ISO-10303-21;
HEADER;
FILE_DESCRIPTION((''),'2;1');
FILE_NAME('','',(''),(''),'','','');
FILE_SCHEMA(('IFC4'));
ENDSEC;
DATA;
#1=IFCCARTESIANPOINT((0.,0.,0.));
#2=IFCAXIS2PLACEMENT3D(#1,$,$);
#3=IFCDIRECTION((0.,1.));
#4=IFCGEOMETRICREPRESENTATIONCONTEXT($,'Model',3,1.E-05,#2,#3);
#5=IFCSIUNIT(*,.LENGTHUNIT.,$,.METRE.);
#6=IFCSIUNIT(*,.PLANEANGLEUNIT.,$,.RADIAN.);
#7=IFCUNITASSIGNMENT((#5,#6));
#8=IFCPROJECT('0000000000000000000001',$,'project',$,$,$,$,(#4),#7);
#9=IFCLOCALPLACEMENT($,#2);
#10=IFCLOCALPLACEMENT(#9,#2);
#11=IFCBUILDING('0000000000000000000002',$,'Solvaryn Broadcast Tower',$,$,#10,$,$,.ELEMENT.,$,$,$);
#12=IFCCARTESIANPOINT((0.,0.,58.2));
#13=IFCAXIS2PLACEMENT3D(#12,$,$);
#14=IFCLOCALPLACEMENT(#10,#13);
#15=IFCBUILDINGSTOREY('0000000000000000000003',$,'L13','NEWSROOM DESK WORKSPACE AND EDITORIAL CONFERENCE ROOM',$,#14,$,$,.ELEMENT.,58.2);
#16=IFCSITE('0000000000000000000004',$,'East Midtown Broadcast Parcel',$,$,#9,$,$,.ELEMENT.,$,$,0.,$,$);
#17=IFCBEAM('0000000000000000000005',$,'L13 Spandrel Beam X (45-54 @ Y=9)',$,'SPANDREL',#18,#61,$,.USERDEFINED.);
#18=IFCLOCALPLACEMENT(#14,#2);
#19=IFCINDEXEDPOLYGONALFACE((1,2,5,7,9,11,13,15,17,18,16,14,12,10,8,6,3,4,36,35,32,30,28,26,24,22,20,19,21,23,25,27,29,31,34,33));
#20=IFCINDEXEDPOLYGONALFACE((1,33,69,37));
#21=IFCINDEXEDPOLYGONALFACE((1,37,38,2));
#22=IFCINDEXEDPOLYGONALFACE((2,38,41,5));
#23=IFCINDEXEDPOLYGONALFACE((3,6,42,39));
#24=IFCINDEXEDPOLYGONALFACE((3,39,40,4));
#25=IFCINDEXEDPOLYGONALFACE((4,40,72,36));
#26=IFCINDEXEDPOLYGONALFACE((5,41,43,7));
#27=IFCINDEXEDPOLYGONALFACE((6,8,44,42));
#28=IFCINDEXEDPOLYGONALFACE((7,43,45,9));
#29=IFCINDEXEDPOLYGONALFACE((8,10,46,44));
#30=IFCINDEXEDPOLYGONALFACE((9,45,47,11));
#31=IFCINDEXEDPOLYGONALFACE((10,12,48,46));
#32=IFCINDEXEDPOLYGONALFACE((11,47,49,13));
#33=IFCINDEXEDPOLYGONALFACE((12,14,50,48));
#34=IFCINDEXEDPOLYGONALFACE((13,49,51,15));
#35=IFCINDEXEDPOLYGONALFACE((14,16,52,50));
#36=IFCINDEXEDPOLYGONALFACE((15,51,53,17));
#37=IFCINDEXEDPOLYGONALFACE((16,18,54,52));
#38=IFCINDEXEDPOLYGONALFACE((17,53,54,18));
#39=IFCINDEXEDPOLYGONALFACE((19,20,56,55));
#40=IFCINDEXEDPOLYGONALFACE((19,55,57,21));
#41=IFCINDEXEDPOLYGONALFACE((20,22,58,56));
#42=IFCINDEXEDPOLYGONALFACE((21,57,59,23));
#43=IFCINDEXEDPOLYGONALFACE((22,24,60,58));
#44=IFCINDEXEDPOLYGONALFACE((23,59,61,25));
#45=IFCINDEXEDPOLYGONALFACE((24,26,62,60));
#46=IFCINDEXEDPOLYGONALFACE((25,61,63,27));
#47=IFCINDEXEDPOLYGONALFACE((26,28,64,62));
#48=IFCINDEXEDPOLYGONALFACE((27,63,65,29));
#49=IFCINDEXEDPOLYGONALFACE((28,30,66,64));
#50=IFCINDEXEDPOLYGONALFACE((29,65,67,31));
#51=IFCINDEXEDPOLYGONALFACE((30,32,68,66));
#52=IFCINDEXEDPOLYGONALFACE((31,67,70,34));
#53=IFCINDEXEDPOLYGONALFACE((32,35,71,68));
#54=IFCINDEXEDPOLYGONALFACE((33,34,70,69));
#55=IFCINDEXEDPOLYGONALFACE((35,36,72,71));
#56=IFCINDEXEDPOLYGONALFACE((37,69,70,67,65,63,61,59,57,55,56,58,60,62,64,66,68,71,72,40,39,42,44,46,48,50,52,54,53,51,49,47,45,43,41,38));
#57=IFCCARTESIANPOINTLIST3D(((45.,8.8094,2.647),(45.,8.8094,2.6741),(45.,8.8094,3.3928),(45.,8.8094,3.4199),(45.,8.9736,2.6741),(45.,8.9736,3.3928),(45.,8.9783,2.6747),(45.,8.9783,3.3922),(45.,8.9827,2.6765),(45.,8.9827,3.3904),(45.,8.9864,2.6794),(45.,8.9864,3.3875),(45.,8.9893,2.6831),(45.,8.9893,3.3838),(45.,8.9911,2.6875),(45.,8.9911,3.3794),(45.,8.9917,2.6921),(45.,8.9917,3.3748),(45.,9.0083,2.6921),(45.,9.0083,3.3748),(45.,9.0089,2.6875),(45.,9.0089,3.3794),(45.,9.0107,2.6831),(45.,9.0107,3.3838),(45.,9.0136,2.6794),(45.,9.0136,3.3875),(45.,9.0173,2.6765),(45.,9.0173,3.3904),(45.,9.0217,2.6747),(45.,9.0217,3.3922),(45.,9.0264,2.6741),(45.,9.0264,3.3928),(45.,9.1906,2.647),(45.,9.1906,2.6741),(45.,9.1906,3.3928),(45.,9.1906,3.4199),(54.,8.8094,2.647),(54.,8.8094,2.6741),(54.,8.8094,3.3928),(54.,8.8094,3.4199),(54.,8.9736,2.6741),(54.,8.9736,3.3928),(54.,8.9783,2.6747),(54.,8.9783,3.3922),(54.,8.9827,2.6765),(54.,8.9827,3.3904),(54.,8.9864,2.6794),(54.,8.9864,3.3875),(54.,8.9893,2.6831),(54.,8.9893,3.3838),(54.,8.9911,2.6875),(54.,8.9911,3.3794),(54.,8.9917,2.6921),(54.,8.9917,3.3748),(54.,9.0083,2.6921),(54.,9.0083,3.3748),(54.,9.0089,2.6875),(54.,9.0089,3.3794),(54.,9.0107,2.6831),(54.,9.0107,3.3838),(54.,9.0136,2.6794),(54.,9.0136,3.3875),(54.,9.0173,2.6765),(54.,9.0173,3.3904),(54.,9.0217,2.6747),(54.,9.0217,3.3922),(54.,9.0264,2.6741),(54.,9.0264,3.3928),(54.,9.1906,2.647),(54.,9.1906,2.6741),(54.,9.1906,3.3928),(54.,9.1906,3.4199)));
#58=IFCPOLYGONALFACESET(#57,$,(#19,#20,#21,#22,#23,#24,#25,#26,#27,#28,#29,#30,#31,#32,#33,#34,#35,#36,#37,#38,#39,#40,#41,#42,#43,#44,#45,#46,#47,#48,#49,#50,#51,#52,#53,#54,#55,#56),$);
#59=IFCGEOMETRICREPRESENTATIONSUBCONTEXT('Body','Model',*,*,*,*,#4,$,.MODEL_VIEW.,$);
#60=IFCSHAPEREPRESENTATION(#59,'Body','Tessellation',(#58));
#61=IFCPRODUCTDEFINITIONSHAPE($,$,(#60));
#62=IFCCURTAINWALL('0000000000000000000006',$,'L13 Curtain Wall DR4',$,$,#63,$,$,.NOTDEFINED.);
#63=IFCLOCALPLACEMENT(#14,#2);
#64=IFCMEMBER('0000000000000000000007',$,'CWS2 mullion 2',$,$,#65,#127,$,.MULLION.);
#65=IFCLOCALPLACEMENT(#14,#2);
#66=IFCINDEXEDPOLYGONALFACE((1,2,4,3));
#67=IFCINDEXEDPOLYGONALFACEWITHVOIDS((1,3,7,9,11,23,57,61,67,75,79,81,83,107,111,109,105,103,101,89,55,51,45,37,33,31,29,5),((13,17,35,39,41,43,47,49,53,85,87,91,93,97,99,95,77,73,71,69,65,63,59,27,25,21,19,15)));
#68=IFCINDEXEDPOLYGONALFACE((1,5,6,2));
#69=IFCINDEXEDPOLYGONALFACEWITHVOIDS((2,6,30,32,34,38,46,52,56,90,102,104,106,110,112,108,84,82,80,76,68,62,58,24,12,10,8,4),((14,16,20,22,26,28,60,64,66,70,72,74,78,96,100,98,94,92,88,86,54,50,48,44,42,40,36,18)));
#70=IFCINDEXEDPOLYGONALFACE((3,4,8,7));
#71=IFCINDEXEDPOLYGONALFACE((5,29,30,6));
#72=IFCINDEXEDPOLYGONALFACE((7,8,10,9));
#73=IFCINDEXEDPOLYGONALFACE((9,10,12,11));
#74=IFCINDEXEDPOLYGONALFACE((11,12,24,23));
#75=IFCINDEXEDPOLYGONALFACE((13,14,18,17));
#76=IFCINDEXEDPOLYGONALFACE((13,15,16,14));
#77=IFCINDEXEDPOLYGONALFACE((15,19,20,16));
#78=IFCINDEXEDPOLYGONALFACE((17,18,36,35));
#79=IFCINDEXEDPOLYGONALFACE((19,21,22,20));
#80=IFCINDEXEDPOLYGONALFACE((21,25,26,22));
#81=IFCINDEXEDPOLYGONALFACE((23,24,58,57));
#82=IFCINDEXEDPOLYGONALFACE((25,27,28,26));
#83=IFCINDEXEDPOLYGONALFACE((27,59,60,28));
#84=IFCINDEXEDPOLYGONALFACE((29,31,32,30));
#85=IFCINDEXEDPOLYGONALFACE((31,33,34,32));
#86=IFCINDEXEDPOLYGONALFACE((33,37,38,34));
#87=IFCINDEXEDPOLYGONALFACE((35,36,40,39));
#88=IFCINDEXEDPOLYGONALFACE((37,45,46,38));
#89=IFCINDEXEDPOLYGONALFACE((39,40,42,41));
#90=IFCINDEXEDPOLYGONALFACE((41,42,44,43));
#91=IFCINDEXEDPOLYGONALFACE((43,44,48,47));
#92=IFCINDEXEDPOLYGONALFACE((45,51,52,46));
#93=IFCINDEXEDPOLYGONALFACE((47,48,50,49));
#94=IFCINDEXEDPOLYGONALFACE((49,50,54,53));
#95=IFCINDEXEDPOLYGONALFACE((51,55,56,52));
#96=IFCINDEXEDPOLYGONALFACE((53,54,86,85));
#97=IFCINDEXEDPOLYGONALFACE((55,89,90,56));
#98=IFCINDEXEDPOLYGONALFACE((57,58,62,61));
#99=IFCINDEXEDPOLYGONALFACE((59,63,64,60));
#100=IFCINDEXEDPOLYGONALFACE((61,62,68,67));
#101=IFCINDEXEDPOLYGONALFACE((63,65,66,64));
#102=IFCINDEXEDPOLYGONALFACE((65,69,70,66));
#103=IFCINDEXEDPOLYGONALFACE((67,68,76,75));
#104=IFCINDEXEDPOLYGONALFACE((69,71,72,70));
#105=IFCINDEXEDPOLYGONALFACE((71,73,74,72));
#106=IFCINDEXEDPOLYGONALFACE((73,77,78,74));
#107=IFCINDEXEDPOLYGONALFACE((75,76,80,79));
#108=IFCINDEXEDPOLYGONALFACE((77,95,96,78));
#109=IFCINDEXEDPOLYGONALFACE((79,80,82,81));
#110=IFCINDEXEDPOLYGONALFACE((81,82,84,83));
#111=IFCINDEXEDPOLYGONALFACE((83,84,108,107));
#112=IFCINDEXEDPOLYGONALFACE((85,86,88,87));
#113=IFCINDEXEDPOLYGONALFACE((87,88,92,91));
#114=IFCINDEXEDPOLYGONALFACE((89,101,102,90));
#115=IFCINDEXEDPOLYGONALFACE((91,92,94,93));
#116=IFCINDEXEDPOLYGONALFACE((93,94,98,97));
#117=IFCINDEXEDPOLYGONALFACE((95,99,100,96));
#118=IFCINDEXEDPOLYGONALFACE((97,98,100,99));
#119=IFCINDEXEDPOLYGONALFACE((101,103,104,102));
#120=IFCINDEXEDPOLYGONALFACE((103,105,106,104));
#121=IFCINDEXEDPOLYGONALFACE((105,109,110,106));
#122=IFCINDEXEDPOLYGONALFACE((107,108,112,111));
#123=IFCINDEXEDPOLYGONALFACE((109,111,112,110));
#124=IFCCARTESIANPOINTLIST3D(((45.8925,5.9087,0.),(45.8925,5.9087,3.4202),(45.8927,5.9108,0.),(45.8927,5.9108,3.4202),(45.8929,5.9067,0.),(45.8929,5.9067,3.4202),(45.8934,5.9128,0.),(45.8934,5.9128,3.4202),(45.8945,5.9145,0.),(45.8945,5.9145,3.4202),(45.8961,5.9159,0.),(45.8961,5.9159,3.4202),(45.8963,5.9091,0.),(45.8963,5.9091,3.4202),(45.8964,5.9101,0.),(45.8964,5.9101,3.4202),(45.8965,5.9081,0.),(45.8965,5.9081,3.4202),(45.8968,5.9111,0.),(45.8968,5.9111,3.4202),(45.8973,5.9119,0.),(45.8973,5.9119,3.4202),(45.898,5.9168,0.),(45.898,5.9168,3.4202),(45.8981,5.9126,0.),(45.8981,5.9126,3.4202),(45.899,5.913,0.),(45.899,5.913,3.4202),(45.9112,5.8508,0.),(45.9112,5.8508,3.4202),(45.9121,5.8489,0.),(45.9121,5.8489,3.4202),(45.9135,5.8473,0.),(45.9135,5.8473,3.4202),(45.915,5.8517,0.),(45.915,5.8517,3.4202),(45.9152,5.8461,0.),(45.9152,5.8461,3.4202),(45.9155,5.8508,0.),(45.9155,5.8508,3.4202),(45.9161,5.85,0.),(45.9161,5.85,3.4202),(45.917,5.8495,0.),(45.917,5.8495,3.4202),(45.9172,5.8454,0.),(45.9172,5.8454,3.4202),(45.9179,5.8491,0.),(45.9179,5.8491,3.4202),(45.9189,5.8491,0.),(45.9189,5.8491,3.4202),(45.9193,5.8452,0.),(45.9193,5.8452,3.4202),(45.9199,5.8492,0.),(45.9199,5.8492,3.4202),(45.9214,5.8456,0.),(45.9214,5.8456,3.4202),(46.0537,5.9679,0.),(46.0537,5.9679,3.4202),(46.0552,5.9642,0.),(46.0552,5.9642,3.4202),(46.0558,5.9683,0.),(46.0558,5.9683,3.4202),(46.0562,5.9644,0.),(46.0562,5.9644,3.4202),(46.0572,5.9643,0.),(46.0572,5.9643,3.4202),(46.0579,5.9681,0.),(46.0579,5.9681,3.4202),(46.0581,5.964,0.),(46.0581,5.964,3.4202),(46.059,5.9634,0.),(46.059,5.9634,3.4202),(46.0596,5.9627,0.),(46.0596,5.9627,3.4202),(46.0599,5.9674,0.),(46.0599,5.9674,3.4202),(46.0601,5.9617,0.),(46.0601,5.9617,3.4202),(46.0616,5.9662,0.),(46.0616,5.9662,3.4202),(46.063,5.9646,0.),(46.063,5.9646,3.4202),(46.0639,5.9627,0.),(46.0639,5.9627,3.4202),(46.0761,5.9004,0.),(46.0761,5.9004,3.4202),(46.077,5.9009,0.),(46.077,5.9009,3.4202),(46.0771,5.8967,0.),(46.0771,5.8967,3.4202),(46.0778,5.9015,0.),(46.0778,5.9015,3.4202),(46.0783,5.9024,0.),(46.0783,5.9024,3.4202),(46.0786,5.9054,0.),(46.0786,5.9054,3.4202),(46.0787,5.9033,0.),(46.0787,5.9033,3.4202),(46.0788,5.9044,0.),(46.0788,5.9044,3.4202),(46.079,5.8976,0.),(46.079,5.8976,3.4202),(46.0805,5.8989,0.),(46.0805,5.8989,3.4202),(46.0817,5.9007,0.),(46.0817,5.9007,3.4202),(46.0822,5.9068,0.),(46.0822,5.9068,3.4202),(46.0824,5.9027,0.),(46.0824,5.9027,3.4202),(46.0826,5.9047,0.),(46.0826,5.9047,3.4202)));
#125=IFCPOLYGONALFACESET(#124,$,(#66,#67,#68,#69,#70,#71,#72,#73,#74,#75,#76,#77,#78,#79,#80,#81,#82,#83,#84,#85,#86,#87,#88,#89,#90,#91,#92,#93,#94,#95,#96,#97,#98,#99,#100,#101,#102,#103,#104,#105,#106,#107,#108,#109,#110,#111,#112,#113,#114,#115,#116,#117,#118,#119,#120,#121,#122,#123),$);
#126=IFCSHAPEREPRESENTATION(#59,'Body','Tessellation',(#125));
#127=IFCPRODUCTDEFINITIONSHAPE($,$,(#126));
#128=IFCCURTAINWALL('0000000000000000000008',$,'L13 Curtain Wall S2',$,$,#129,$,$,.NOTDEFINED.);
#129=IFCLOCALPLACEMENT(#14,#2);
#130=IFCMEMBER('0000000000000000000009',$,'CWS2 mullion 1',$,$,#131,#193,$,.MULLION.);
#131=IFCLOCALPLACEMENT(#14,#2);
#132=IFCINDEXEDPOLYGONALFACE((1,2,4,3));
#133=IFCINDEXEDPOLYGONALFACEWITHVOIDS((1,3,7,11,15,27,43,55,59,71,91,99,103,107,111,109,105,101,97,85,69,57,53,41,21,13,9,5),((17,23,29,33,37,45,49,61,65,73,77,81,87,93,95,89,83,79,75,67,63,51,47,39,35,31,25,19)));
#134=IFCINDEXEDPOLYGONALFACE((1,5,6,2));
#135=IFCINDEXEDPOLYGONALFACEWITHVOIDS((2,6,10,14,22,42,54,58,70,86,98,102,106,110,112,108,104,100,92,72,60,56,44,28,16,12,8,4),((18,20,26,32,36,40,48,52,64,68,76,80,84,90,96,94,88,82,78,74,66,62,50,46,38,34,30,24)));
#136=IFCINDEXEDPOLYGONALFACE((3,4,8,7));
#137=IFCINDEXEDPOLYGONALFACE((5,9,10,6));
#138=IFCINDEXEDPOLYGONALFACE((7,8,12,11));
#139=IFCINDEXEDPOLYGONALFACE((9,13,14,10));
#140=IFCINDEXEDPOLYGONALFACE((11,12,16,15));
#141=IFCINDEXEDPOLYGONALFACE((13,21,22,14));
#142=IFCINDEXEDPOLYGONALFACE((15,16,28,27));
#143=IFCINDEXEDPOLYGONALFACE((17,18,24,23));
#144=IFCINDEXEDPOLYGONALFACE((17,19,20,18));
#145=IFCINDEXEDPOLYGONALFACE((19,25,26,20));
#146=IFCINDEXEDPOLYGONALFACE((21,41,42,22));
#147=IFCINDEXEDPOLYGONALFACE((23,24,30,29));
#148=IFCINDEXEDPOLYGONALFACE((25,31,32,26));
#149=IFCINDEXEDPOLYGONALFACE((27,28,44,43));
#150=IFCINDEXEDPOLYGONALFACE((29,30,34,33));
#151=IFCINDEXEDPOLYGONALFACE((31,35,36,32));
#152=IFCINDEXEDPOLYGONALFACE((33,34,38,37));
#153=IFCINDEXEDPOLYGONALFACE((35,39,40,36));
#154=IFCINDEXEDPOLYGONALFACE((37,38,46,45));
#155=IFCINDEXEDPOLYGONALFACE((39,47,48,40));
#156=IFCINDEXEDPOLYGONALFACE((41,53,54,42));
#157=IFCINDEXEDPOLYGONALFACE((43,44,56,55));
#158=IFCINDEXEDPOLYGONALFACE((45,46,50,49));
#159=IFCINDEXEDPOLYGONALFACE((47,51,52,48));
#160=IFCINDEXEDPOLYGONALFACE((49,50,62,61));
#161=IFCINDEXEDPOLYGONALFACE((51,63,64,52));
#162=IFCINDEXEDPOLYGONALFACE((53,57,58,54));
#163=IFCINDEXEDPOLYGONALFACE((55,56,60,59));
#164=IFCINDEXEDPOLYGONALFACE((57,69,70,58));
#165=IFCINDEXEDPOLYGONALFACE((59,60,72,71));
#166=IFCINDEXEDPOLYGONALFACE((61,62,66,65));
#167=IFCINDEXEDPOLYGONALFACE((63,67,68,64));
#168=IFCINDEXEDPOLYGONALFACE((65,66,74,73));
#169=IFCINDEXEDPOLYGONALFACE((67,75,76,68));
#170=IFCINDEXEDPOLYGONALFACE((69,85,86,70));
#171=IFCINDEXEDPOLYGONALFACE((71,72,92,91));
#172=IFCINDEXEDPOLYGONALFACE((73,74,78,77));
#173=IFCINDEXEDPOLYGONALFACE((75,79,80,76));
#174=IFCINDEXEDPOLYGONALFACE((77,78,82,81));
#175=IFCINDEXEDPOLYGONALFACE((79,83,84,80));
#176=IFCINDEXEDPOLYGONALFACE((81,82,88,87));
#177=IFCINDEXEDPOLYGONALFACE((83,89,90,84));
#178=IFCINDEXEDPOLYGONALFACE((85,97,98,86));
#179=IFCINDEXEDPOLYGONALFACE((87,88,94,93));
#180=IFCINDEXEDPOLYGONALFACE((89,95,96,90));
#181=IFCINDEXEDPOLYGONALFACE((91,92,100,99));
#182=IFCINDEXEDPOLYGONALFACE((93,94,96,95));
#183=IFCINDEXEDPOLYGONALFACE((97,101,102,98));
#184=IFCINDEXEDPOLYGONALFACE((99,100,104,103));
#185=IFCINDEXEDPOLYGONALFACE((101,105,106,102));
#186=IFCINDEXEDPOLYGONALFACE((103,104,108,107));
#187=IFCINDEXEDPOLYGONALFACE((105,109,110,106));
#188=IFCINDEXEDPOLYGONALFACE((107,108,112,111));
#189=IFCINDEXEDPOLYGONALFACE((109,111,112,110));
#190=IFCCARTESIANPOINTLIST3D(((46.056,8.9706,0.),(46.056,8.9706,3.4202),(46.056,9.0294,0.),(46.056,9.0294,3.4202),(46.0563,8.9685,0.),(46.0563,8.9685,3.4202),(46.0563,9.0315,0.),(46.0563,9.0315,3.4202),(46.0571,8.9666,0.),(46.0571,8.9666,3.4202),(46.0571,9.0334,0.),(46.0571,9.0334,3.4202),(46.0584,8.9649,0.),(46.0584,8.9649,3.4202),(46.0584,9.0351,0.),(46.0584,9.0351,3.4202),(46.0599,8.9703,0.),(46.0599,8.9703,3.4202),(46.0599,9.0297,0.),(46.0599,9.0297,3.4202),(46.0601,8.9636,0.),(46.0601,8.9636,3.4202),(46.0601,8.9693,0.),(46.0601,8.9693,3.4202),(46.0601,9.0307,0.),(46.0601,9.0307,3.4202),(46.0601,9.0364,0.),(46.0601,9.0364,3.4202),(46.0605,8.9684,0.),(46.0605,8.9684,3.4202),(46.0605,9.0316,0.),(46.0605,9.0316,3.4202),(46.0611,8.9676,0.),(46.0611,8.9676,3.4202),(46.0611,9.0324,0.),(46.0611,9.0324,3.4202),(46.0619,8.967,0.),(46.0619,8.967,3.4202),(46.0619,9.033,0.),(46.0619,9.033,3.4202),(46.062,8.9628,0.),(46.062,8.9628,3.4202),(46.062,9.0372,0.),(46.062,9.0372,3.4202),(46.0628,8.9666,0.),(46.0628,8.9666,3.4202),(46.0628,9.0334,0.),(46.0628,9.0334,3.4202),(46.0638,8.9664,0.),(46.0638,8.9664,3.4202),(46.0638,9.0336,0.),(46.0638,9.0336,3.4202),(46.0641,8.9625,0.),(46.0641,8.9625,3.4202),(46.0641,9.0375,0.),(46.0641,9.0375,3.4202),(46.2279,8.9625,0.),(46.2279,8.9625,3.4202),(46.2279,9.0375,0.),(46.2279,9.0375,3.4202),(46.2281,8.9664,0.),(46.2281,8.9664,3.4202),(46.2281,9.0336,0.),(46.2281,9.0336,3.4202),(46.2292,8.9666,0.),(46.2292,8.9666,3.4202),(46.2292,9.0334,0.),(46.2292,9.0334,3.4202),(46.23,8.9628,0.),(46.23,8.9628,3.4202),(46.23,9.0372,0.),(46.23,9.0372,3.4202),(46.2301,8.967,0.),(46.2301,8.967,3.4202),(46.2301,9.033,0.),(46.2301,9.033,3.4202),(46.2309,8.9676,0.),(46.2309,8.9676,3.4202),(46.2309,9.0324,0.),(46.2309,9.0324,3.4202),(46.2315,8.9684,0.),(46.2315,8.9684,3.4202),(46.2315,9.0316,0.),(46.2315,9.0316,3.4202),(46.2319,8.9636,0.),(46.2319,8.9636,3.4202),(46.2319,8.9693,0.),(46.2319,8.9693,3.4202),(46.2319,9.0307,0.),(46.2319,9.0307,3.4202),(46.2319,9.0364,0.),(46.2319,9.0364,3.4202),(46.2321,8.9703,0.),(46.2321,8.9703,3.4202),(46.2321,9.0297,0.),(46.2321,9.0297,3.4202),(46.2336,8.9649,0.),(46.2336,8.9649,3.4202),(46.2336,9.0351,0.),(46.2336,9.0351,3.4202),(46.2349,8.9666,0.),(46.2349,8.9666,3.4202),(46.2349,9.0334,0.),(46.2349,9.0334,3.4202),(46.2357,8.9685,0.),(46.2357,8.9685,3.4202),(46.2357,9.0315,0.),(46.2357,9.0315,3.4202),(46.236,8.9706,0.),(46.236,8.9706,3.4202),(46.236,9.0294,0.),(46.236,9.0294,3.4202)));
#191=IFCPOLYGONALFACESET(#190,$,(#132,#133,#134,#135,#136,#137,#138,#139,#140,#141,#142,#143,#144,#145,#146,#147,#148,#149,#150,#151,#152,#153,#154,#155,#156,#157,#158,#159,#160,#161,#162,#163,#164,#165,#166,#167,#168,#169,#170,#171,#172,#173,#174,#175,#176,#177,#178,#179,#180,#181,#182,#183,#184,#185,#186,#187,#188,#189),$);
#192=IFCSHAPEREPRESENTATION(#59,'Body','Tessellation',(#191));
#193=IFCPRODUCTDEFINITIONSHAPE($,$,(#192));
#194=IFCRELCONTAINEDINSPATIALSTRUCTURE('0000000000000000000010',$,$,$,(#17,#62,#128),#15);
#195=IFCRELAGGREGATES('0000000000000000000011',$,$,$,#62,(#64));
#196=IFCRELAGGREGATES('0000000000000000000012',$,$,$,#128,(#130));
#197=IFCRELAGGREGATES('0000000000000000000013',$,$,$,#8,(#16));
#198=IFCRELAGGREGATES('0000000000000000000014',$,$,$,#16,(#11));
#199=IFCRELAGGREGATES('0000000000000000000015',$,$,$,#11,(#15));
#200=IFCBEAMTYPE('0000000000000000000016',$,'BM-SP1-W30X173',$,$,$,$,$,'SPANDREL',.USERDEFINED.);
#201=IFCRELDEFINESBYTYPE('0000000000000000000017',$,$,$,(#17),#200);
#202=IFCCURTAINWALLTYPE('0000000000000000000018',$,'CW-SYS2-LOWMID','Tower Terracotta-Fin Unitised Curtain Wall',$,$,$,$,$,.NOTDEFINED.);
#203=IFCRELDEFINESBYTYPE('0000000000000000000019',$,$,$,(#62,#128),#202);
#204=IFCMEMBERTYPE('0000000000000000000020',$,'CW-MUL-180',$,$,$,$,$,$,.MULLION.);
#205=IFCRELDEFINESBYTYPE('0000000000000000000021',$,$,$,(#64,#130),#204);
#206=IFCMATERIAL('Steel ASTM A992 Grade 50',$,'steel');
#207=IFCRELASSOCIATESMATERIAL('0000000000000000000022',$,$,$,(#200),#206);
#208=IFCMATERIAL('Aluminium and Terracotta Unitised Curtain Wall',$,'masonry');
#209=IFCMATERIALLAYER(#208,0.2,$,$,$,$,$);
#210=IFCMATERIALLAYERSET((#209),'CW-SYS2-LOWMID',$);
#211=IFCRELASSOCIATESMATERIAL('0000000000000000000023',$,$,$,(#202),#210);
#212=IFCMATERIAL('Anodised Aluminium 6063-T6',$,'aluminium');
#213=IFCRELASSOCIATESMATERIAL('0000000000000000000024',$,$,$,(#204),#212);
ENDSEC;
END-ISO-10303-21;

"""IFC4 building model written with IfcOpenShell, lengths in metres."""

from ifc_helpers import new_model, si_unit, direction, frame, origin, origin_2d, place, context, subcontext, project, spatial, hollow_rectangle, i_section, extrude, material, layer, layer_set, material_profile, profile_set, type_object, element, aggregate, save


model = new_model("IFC4")

# Units and contexts
model_context = context("Model", 3, precision=1e-05, world=origin(), true_north=direction((0.0, 1.0)))
body_context = subcontext(model_context, "Body", "Model", "MODEL_VIEW")
ifc_project = project(units=[si_unit("LENGTHUNIT", "METRE"), si_unit("PLANEANGLEUNIT", "RADIAN")], contexts=[model_context])

# Site, building, storey
site_placement = place(None, origin())
site = spatial("IfcSite", under=ifc_project, at=site_placement, Name="East Midtown Broadcast Parcel", CompositionType="ELEMENT", RefElevation=0.0)
building_placement = place(site_placement, origin())
building = spatial("IfcBuilding", under=site, at=building_placement, Name="Solvaryn Broadcast Tower", CompositionType="ELEMENT")
storey_placement = place(building_placement, frame((0.0, 0.0, 58.2)))
storey = spatial("IfcBuildingStorey", under=building, at=storey_placement, Name="L13", Description="NEWSROOM DESK WORKSPACE AND EDITORIAL CONFERENCE ROOM", CompositionType="ELEMENT", Elevation=58.2)

# Beam
ifc_material_1 = material(Name="Steel ASTM A992 Grade 50", Category="steel")
ifc_material_profile_1 = material_profile(ifc_material_1, i_section(OverallWidth=0.3811, OverallDepth=0.7729, WebThickness=0.0166, FlangeThickness=0.0271, FilletRadius=0.0181, at=origin_2d()))
ifc_profile_set_1 = profile_set([ifc_material_profile_1], Name="Steel ASTM A992 Grade 50")
beam_type_1 = type_object("IfcBeamType", Name="BM-SP1-W30X173", ElementType="SPANDREL", PredefinedType="USERDEFINED", material=ifc_profile_set_1)
beam_1_placement = place(storey_placement, frame((45.0, 9.0, 3.0334), z_axis=(1.0, 0.0, 0.0), x_axis=(0.0, 1.0, 0.0)))
element("IfcBeam", 1, at=beam_1_placement, inside=storey, type_object=beam_type_1, Name="L13 Spandrel Beam X (45-54 @ Y=9)", ObjectType="SPANDREL", PredefinedType="USERDEFINED", context=body_context, shape_type="SweptSolid", body=[
    extrude(i_section(OverallWidth=0.3811, OverallDepth=0.7729, WebThickness=0.0166, FlangeThickness=0.0271, FilletRadius=0.0181, at=origin_2d()), origin(), (0.0, 0.0, 1.0), 9.0),
])

# Curtain wall, member
ifc_material_2 = material(Name="Aluminium and Terracotta Unitised Curtain Wall", Category="masonry")
ifc_layer_1 = layer(ifc_material_2, 0.2)
ifc_layer_set_1 = layer_set([ifc_layer_1], Name="CW-SYS2-LOWMID")
curtain_wall_type = type_object("IfcCurtainWallType", Name="CW-SYS2-LOWMID", Description="Tower Terracotta-Fin Unitised Curtain Wall", PredefinedType="NOTDEFINED", material=ifc_layer_set_1)
curtain_wall_1_placement = place(storey_placement, origin())
curtain_wall_1 = element("IfcCurtainWall", 2, at=curtain_wall_1_placement, inside=storey, type_object=curtain_wall_type, Name="L13 Curtain Wall DR4", PredefinedType="NOTDEFINED")
ifc_material_3 = material(Name="Anodised Aluminium 6063-T6", Category="aluminium")
ifc_material_profile_2 = material_profile(ifc_material_3, hollow_rectangle(XDim=0.075, YDim=0.1799, WallThickness=0.0039, InnerFilletRadius=0.0039, OuterFilletRadius=0.0081, at=origin_2d()))
ifc_profile_set_2 = profile_set([ifc_material_profile_2], Name="Anodised Aluminium 6063-T6")
member_type_1 = type_object("IfcMemberType", Name="CW-MUL-180", PredefinedType="MULLION", material=ifc_profile_set_2)
member_1_placement = place(storey_placement, frame((45.9875, 5.9067, 0.0), z_axis=(0.0, 0.0, 1.0), x_axis=(-0.311594, 0.950215, 0.0)))
member_1 = element("IfcMember", 3, at=member_1_placement, type_object=member_type_1, Name="CWS2 mullion 2", PredefinedType="MULLION", context=body_context, shape_type="SweptSolid", body=[
    extrude(hollow_rectangle(XDim=0.075, YDim=0.1799, WallThickness=0.0039, InnerFilletRadius=0.0039, OuterFilletRadius=0.0081, at=origin_2d()), origin(), (0.0, 0.0, 1.0), 3.4202),
])
aggregate(curtain_wall_1, [member_1])

# Curtain wall, member
curtain_wall_2_placement = place(storey_placement, origin())
curtain_wall_2 = element("IfcCurtainWall", 4, at=curtain_wall_2_placement, inside=storey, type_object=curtain_wall_type, Name="L13 Curtain Wall S2", PredefinedType="NOTDEFINED")
member_2_placement = place(storey_placement, frame((46.146, 9.0, 0.0), z_axis=(0.0, 0.0, 1.0), x_axis=(0.0, 1.0, 0.0)))
member_2 = element("IfcMember", 5, at=member_2_placement, type_object=member_type_1, Name="CWS2 mullion 1", PredefinedType="MULLION", context=body_context, shape_type="SweptSolid", body=[
    extrude(hollow_rectangle(XDim=0.075, YDim=0.1799, WallThickness=0.0039, InnerFilletRadius=0.0039, OuterFilletRadius=0.0081, at=origin_2d()), origin(), (0.0, 0.0, 1.0), 3.4202),
])
aggregate(curtain_wall_2, [member_2])

save(model, "model.ifc")
